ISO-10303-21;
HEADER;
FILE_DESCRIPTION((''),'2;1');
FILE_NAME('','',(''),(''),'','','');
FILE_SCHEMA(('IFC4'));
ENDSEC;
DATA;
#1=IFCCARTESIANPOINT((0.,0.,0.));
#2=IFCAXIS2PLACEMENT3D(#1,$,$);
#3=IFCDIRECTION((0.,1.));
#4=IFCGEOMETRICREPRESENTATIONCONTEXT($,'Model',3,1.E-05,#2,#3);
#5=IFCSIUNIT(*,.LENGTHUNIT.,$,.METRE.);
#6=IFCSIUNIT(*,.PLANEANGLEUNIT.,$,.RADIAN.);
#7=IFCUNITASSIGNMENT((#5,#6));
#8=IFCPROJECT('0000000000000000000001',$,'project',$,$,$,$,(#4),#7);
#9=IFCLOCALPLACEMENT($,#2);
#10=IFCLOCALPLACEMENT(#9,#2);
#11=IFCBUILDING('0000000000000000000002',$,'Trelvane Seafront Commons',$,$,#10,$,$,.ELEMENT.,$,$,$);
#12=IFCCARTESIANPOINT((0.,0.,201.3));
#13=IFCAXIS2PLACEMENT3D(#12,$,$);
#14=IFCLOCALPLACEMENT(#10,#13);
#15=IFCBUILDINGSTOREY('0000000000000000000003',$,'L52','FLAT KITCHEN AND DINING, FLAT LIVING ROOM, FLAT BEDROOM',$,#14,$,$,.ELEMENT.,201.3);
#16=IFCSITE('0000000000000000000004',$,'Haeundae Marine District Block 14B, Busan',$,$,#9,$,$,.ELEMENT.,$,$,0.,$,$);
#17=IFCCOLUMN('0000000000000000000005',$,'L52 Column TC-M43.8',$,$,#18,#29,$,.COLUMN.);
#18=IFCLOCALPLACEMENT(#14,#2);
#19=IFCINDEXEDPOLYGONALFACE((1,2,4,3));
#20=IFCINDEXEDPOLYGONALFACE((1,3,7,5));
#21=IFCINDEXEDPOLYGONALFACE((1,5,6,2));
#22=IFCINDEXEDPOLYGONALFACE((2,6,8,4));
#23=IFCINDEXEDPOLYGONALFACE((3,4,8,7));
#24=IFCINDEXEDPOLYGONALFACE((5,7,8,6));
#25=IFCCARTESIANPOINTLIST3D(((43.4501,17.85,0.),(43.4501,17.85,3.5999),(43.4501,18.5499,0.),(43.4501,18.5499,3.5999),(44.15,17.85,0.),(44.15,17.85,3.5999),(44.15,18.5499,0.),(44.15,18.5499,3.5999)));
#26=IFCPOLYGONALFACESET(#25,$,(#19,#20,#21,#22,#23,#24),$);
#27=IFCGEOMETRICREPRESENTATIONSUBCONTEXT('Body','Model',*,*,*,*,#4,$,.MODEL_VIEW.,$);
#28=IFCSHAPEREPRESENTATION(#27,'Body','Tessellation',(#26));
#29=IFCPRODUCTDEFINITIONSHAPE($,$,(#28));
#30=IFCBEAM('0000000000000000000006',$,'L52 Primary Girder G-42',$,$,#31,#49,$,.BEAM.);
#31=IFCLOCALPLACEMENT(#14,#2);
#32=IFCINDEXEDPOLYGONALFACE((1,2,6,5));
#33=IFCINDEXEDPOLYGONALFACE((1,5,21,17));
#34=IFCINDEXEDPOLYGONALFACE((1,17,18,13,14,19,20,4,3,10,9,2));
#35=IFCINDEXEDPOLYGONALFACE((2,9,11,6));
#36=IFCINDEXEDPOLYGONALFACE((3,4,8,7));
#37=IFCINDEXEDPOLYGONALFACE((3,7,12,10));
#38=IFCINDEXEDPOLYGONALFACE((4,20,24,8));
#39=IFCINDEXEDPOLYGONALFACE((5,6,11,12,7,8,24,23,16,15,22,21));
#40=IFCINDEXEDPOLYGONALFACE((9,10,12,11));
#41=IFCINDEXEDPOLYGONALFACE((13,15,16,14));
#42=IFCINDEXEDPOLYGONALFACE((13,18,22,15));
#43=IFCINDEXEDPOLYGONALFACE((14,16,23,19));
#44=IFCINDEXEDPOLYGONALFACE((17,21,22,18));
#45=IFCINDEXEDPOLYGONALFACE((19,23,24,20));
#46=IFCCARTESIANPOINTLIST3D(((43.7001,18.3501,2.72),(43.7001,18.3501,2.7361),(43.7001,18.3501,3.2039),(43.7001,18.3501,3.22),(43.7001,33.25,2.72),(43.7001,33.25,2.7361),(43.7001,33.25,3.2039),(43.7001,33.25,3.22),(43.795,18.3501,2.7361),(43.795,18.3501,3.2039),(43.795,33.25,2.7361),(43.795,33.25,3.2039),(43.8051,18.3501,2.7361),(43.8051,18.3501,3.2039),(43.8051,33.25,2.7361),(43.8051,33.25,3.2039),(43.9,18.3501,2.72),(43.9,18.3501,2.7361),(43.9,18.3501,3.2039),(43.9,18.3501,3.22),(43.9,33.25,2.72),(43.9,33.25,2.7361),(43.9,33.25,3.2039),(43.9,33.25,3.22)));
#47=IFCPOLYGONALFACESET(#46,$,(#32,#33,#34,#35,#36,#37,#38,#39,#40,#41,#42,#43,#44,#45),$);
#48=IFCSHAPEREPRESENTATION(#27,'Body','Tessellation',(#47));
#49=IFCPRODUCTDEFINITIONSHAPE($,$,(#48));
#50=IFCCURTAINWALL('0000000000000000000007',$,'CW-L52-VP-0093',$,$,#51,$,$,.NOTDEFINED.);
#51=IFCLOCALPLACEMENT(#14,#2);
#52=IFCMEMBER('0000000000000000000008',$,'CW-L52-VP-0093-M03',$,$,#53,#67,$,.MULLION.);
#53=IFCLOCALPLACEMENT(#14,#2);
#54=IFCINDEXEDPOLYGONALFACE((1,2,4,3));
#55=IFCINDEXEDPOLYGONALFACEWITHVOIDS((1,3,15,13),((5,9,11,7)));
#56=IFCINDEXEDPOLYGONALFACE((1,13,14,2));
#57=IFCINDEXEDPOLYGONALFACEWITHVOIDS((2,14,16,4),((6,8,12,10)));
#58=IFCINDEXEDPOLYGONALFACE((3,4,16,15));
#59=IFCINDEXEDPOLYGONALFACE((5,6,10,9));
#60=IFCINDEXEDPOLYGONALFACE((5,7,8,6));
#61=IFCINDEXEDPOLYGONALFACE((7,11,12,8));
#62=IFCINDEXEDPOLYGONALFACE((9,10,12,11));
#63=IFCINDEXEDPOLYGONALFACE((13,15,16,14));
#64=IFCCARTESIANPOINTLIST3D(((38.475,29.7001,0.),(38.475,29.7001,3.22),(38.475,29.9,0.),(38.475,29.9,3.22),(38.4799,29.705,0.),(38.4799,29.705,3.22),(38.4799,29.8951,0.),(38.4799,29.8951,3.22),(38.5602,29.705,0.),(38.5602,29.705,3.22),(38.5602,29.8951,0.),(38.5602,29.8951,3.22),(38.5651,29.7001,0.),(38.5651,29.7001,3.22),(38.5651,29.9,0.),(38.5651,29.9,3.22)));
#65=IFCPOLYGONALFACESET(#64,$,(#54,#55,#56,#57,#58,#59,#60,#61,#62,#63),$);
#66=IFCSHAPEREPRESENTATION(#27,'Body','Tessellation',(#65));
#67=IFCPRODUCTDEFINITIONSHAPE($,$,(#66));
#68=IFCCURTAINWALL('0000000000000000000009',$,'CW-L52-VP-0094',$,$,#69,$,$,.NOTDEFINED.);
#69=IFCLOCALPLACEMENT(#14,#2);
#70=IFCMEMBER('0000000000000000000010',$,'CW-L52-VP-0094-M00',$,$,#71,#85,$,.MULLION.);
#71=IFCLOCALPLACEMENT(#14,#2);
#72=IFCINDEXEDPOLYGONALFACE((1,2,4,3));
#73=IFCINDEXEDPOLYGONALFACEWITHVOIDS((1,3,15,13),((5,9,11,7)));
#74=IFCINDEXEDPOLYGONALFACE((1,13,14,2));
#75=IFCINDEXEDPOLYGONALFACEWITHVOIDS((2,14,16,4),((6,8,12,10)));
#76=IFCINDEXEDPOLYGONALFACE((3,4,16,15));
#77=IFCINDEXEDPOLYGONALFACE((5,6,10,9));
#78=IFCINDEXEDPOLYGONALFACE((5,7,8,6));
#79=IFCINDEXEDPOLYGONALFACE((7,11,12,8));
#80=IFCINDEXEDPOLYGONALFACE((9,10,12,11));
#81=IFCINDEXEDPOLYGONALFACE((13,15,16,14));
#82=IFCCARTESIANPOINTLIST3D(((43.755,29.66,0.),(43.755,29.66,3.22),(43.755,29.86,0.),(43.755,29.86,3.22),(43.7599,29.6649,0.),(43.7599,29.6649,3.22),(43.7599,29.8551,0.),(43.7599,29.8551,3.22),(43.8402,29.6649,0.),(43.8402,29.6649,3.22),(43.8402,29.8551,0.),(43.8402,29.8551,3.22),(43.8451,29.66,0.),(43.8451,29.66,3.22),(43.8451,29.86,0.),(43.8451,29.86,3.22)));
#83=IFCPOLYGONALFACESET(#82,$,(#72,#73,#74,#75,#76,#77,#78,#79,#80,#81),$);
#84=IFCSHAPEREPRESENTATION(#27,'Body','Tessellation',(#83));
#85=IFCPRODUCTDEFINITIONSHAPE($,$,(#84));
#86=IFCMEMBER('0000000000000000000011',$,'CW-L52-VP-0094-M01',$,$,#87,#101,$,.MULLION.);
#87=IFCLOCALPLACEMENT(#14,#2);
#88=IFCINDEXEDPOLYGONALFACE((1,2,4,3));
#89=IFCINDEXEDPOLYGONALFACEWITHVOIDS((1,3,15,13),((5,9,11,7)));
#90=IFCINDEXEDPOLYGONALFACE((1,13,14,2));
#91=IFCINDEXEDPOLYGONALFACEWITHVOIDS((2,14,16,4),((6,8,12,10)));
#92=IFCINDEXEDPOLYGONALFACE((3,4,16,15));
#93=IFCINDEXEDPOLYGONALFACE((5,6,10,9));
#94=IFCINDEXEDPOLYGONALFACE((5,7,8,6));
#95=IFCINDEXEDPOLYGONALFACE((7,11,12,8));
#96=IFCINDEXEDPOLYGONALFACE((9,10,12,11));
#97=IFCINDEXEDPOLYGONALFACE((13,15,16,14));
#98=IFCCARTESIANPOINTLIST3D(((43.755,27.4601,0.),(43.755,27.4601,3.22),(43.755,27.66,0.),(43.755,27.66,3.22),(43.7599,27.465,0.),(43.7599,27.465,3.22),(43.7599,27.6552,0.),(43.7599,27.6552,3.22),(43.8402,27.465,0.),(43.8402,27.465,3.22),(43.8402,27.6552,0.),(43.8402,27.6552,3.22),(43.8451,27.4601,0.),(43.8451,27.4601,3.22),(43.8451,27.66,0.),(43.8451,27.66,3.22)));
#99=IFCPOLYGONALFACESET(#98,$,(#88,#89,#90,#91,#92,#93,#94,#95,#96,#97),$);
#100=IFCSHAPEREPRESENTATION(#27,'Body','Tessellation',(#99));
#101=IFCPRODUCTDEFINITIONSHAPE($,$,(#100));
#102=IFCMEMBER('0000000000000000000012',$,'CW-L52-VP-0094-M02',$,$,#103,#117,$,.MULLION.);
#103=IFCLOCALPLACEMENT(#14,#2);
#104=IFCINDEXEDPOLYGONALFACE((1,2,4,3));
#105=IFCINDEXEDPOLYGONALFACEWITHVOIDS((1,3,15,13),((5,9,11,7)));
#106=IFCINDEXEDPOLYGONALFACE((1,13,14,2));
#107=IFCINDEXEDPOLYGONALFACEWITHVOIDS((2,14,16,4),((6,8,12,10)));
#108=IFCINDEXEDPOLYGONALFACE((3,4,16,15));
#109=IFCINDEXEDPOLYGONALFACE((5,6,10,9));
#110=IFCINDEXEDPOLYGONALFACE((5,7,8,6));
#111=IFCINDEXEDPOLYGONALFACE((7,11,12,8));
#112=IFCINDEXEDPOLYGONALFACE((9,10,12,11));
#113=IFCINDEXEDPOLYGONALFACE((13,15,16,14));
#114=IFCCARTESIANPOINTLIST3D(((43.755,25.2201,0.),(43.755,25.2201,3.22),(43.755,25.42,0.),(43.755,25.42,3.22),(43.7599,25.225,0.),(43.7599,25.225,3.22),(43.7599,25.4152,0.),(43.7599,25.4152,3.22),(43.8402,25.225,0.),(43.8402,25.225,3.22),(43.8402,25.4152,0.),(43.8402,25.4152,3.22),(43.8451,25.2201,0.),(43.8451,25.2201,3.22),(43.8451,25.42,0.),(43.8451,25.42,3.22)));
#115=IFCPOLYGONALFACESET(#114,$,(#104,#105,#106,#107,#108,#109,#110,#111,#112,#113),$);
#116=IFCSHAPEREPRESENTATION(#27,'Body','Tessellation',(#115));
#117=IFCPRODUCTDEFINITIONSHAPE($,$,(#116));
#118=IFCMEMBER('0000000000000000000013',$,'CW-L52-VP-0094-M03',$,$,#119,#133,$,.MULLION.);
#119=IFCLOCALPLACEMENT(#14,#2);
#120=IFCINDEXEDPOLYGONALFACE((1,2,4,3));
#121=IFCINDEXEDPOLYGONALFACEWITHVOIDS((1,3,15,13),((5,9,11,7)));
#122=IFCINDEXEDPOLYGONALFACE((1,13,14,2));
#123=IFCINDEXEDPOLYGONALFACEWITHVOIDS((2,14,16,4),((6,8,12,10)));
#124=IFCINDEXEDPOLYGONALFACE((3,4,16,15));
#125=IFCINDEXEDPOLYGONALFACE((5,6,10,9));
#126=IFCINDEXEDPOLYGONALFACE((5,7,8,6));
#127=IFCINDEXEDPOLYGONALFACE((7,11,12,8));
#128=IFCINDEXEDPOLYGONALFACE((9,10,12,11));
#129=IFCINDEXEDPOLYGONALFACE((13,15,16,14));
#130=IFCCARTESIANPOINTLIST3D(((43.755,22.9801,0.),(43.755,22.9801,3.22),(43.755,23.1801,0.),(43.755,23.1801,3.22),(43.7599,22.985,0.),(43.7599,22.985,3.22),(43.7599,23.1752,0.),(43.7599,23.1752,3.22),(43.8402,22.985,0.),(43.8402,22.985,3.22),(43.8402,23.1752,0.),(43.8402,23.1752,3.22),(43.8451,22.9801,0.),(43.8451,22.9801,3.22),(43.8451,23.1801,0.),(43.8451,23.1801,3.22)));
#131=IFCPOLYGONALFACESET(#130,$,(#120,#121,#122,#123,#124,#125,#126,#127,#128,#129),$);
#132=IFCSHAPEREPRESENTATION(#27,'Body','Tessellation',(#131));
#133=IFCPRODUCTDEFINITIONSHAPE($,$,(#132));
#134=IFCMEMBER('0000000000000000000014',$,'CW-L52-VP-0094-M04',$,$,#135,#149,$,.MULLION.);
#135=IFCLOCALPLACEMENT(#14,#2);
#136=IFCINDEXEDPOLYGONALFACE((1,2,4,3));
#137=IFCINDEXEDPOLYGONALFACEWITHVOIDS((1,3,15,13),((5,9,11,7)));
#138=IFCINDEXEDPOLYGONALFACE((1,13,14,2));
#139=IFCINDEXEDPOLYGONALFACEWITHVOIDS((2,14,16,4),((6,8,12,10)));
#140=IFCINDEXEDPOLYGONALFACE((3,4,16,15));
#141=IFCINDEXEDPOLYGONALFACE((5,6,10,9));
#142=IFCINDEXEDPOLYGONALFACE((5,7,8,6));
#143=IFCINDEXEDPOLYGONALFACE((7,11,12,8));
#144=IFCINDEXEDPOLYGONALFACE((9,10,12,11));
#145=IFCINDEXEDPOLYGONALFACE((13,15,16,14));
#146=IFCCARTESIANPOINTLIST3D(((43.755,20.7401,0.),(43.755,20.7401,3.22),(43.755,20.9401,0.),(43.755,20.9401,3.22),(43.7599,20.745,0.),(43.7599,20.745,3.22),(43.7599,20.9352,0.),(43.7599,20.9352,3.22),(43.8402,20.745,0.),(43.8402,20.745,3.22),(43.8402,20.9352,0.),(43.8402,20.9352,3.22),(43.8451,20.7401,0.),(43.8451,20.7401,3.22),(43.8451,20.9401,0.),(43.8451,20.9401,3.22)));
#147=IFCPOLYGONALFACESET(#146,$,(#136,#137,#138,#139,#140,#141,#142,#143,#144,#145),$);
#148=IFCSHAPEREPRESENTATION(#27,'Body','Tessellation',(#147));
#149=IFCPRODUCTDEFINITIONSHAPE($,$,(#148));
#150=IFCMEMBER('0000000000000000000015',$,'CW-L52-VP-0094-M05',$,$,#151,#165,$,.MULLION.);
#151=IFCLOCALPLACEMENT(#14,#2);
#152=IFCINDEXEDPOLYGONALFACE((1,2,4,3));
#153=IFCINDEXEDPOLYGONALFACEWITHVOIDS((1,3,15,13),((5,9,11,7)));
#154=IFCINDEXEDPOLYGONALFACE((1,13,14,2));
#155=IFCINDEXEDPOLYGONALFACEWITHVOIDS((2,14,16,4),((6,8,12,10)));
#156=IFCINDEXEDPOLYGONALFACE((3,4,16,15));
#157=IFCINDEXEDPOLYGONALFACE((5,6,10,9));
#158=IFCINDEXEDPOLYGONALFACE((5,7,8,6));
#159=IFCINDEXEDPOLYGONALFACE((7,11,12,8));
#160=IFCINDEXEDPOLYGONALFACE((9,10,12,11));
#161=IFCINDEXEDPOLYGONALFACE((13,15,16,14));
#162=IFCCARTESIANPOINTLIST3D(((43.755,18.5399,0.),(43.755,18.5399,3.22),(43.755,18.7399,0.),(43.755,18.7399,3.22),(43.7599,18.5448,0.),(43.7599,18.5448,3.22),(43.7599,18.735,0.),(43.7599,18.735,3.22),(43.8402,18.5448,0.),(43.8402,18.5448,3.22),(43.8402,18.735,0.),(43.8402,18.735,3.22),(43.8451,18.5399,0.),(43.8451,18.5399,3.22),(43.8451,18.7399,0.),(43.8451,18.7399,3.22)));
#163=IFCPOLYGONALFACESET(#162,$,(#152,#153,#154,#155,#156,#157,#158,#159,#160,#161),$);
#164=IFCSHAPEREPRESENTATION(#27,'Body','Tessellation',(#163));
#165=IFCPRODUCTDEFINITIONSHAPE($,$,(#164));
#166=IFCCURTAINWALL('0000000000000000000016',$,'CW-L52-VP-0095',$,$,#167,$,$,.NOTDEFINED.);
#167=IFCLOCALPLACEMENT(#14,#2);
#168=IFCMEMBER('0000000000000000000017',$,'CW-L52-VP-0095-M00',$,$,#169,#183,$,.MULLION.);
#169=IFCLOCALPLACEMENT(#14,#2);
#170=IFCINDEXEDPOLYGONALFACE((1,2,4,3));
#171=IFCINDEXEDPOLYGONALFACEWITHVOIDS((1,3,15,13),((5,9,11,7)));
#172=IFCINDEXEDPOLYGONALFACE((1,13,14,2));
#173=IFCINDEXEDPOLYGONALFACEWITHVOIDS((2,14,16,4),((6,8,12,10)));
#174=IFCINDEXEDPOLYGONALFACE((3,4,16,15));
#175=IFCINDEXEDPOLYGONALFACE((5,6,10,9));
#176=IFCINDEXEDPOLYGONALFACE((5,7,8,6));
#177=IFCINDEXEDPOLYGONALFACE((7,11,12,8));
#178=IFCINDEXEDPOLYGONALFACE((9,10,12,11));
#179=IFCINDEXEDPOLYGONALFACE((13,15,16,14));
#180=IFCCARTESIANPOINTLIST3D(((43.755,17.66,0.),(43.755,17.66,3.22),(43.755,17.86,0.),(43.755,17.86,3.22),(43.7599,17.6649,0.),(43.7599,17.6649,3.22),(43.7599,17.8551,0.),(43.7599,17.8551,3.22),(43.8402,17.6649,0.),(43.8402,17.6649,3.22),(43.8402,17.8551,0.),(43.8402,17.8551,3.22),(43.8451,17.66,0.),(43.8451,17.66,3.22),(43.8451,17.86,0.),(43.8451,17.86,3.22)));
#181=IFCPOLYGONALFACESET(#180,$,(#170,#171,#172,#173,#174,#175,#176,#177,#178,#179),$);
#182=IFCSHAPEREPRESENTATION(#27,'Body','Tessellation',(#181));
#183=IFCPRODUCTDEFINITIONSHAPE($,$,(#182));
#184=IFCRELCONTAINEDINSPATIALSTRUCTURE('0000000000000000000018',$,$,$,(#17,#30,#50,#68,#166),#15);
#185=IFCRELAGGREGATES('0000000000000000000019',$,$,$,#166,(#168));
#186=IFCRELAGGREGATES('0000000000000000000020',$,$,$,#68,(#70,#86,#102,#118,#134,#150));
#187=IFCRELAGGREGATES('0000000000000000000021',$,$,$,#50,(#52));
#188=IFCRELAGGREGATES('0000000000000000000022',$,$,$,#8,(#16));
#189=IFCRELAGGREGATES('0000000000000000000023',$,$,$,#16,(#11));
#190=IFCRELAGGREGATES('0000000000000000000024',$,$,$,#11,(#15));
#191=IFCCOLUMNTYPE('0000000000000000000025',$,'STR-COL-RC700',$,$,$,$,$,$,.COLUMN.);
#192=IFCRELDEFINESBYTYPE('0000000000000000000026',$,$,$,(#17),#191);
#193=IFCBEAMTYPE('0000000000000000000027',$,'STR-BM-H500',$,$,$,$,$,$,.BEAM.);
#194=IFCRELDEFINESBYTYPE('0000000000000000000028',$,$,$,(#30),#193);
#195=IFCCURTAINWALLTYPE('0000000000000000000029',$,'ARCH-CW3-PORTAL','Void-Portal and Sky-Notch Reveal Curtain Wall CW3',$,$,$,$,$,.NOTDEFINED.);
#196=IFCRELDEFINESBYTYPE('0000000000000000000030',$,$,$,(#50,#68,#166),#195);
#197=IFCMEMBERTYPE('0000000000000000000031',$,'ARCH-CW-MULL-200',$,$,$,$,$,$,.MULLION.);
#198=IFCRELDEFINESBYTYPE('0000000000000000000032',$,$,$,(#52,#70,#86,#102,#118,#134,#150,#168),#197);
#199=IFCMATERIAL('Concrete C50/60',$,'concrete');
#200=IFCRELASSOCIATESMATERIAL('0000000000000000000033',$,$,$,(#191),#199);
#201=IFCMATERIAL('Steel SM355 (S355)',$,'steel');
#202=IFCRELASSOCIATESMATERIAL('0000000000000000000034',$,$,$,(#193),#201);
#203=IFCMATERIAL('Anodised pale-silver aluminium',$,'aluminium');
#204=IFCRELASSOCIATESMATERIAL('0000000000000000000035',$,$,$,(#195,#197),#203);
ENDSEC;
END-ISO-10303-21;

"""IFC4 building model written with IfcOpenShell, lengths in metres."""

from ifc_helpers import new_model, si_unit, direction, frame, origin, origin_2d, place, context, subcontext, project, spatial, rectangle, hollow_rectangle, i_section, extrude, source, transform, mapped, material, material_profile, profile_set, type_object, element, aggregate, save


model = new_model("IFC4")

# Units and contexts
model_context = context("Model", 3, precision=1e-05, world=origin(), true_north=direction((0.0, 1.0)))
body_context = subcontext(model_context, "Body", "Model", "MODEL_VIEW")
ifc_project = project(units=[si_unit("LENGTHUNIT", "METRE"), si_unit("PLANEANGLEUNIT", "RADIAN")], contexts=[model_context])

# Site, building, storey
site_placement = place(None, origin())
site = spatial("IfcSite", under=ifc_project, at=site_placement, Name="Haeundae Marine District Block 14B, Busan", CompositionType="ELEMENT", RefElevation=0.0)
building_placement = place(site_placement, origin())
building = spatial("IfcBuilding", under=site, at=building_placement, Name="Trelvane Seafront Commons", CompositionType="ELEMENT")
storey_placement = place(building_placement, frame((0.0, 0.0, 201.3)))
storey = spatial("IfcBuildingStorey", under=building, at=storey_placement, Name="L52", Description="FLAT KITCHEN AND DINING, FLAT LIVING ROOM, FLAT BEDROOM", CompositionType="ELEMENT", Elevation=201.3)

# Column
ifc_material_1 = material(Name="Concrete C50/60", Category="concrete")
ifc_material_profile_1 = material_profile(ifc_material_1, rectangle(XDim=0.7, YDim=0.7, at=origin_2d()), Name="RC-700x700")
ifc_profile_set_1 = profile_set([ifc_material_profile_1], Name="Concrete C50/60")
column_type = type_object("IfcColumnType", Name="STR-COL-RC700", PredefinedType="COLUMN", material=ifc_profile_set_1)
shared_shape_1 = source(origin(), body_context, "Body", "SweptSolid", [
    extrude(rectangle(XDim=0.7, YDim=0.7, at=origin_2d()), origin(), (0.0, 0.0, 1.0), 3.5999),
])
column_placement = place(storey_placement, frame((43.8, 18.2, 0.0), z_axis=(0.0, 0.0, 1.0), x_axis=(1.0, 0.0, 0.0)))
element("IfcColumn", 1, at=column_placement, inside=storey, type_object=column_type, Name="L52 Column TC-M43.8", PredefinedType="COLUMN", context=body_context, shape_type="MappedRepresentation", body=[
    mapped(shared_shape_1, transform((0.0, 0.0, 0.0), x_axis=(1.0, 0.0, 0.0), y_axis=(0.0, 1.0, 0.0), z_axis=(0.0, 0.0, 1.0), scale=1.0)),
])

# Beam
ifc_material_2 = material(Name="Steel SM355 (S355)", Category="steel")
ifc_material_profile_2 = material_profile(ifc_material_2, i_section(OverallWidth=0.2, OverallDepth=0.5, WebThickness=0.01, FlangeThickness=0.0161, at=origin_2d()), Name="H-500x200x10x16")
ifc_profile_set_2 = profile_set([ifc_material_profile_2], Name="Steel SM355 (S355)")
beam_type = type_object("IfcBeamType", Name="STR-BM-H500", PredefinedType="BEAM", material=ifc_profile_set_2)
shared_shape_2 = source(origin(), body_context, "Body", "SweptSolid", [
    extrude(i_section(OverallWidth=0.2, OverallDepth=0.5, WebThickness=0.01, FlangeThickness=0.0161, at=origin_2d()), origin(), (0.0, 0.0, 1.0), 14.8999),
])
beam_placement = place(storey_placement, frame((43.8, 18.3501, 2.97), z_axis=(0.0, 1.0, 0.0), x_axis=(-1.0, 0.0, 0.0)))
element("IfcBeam", 2, at=beam_placement, inside=storey, type_object=beam_type, Name="L52 Primary Girder G-42", PredefinedType="BEAM", context=body_context, shape_type="MappedRepresentation", body=[
    mapped(shared_shape_2, transform((0.0, 0.0, 0.0), x_axis=(1.0, 0.0, 0.0), y_axis=(0.0, 1.0, 0.0), z_axis=(0.0, 0.0, 1.0), scale=1.0)),
])

# Curtain wall, member
ifc_material_3 = material(Name="Anodised pale-silver aluminium", Category="aluminium")
curtain_wall_type = type_object("IfcCurtainWallType", Name="ARCH-CW3-PORTAL", Description="Void-Portal and Sky-Notch Reveal Curtain Wall CW3", PredefinedType="NOTDEFINED", material=ifc_material_3)
curtain_wall_1_placement = place(storey_placement, origin())
curtain_wall_1 = element("IfcCurtainWall", 3, at=curtain_wall_1_placement, inside=storey, type_object=curtain_wall_type, Name="CW-L52-VP-0093", PredefinedType="NOTDEFINED")
ifc_material_profile_3 = material_profile(ifc_material_3, hollow_rectangle(XDim=0.0901, YDim=0.2, WallThickness=0.0049, at=origin_2d()), Name="MULL-90x200x5")
ifc_profile_set_3 = profile_set([ifc_material_profile_3], Name="Anodised pale-silver aluminium")
member_type_1 = type_object("IfcMemberType", Name="ARCH-CW-MULL-200", PredefinedType="MULLION", material=ifc_profile_set_3)
shared_shape_3 = source(origin(), body_context, "Body", "SweptSolid", [
    extrude(hollow_rectangle(XDim=0.0901, YDim=0.2, WallThickness=0.0049, at=origin_2d()), origin(), (0.0, 0.0, 1.0), 3.22),
])
member_1_placement = place(storey_placement, frame((38.52, 29.8, 0.0), z_axis=(0.0, 0.0, 1.0), x_axis=(1.0, 0.0, 0.0)))
member_1 = element("IfcMember", 4, at=member_1_placement, type_object=member_type_1, Name="CW-L52-VP-0093-M03", PredefinedType="MULLION", context=body_context, shape_type="MappedRepresentation", body=[
    mapped(shared_shape_3, transform((0.0, 0.0, 0.0), x_axis=(1.0, 0.0, 0.0), y_axis=(0.0, 1.0, 0.0), z_axis=(0.0, 0.0, 1.0), scale=1.0)),
])

# Curtain walls, members
curtain_wall_2_placement = place(storey_placement, origin())
curtain_wall_2 = element("IfcCurtainWall", 5, at=curtain_wall_2_placement, inside=storey, type_object=curtain_wall_type, Name="CW-L52-VP-0094", PredefinedType="NOTDEFINED")
member_2_placement = place(storey_placement, frame((43.8, 29.76, 0.0), z_axis=(0.0, 0.0, 1.0), x_axis=(1.0, 0.0, 0.0)))
member_2 = element("IfcMember", 6, at=member_2_placement, type_object=member_type_1, Name="CW-L52-VP-0094-M00", PredefinedType="MULLION", context=body_context, shape_type="MappedRepresentation", body=[
    mapped(shared_shape_3, transform((0.0, 0.0, 0.0), x_axis=(1.0, 0.0, 0.0), y_axis=(0.0, 1.0, 0.0), z_axis=(0.0, 0.0, 1.0), scale=1.0)),
])
member_3_placement = place(storey_placement, frame((43.8, 27.5601, 0.0), z_axis=(0.0, 0.0, 1.0), x_axis=(1.0, 0.0, 0.0)))
member_3 = element("IfcMember", 7, at=member_3_placement, type_object=member_type_1, Name="CW-L52-VP-0094-M01", PredefinedType="MULLION", context=body_context, shape_type="MappedRepresentation", body=[
    mapped(shared_shape_3, transform((0.0, 0.0, 0.0), x_axis=(1.0, 0.0, 0.0), y_axis=(0.0, 1.0, 0.0), z_axis=(0.0, 0.0, 1.0), scale=1.0)),
])
member_4_placement = place(storey_placement, frame((43.8, 25.3201, 0.0), z_axis=(0.0, 0.0, 1.0), x_axis=(1.0, 0.0, 0.0)))
member_4 = element("IfcMember", 8, at=member_4_placement, type_object=member_type_1, Name="CW-L52-VP-0094-M02", PredefinedType="MULLION", context=body_context, shape_type="MappedRepresentation", body=[
    mapped(shared_shape_3, transform((0.0, 0.0, 0.0), x_axis=(1.0, 0.0, 0.0), y_axis=(0.0, 1.0, 0.0), z_axis=(0.0, 0.0, 1.0), scale=1.0)),
])
member_5_placement = place(storey_placement, frame((43.8, 23.0801, 0.0), z_axis=(0.0, 0.0, 1.0), x_axis=(1.0, 0.0, 0.0)))
member_5 = element("IfcMember", 9, at=member_5_placement, type_object=member_type_1, Name="CW-L52-VP-0094-M03", PredefinedType="MULLION", context=body_context, shape_type="MappedRepresentation", body=[
    mapped(shared_shape_3, transform((0.0, 0.0, 0.0), x_axis=(1.0, 0.0, 0.0), y_axis=(0.0, 1.0, 0.0), z_axis=(0.0, 0.0, 1.0), scale=1.0)),
])
member_6_placement = place(storey_placement, frame((43.8, 20.8401, 0.0), z_axis=(0.0, 0.0, 1.0), x_axis=(1.0, 0.0, 0.0)))
member_6 = element("IfcMember", 10, at=member_6_placement, type_object=member_type_1, Name="CW-L52-VP-0094-M04", PredefinedType="MULLION", context=body_context, shape_type="MappedRepresentation", body=[
    mapped(shared_shape_3, transform((0.0, 0.0, 0.0), x_axis=(1.0, 0.0, 0.0), y_axis=(0.0, 1.0, 0.0), z_axis=(0.0, 0.0, 1.0), scale=1.0)),
])
member_7_placement = place(storey_placement, frame((43.8, 18.6399, 0.0), z_axis=(0.0, 0.0, 1.0), x_axis=(1.0, 0.0, 0.0)))
member_7 = element("IfcMember", 11, at=member_7_placement, type_object=member_type_1, Name="CW-L52-VP-0094-M05", PredefinedType="MULLION", context=body_context, shape_type="MappedRepresentation", body=[
    mapped(shared_shape_3, transform((0.0, 0.0, 0.0), x_axis=(1.0, 0.0, 0.0), y_axis=(0.0, 1.0, 0.0), z_axis=(0.0, 0.0, 1.0), scale=1.0)),
])
curtain_wall_3_placement = place(storey_placement, origin())
curtain_wall_3 = element("IfcCurtainWall", 12, at=curtain_wall_3_placement, inside=storey, type_object=curtain_wall_type, Name="CW-L52-VP-0095", PredefinedType="NOTDEFINED")
member_8_placement = place(storey_placement, frame((43.8, 17.76, 0.0), z_axis=(0.0, 0.0, 1.0), x_axis=(1.0, 0.0, 0.0)))
member_8 = element("IfcMember", 13, at=member_8_placement, type_object=member_type_1, Name="CW-L52-VP-0095-M00", PredefinedType="MULLION", context=body_context, shape_type="MappedRepresentation", body=[
    mapped(shared_shape_3, transform((0.0, 0.0, 0.0), x_axis=(1.0, 0.0, 0.0), y_axis=(0.0, 1.0, 0.0), z_axis=(0.0, 0.0, 1.0), scale=1.0)),
])

aggregate(curtain_wall_3, [member_8])
aggregate(curtain_wall_2, [member_2, member_3, member_4, member_5, member_6, member_7])
aggregate(curtain_wall_1, [member_1])

save(model, "model.ifc")
